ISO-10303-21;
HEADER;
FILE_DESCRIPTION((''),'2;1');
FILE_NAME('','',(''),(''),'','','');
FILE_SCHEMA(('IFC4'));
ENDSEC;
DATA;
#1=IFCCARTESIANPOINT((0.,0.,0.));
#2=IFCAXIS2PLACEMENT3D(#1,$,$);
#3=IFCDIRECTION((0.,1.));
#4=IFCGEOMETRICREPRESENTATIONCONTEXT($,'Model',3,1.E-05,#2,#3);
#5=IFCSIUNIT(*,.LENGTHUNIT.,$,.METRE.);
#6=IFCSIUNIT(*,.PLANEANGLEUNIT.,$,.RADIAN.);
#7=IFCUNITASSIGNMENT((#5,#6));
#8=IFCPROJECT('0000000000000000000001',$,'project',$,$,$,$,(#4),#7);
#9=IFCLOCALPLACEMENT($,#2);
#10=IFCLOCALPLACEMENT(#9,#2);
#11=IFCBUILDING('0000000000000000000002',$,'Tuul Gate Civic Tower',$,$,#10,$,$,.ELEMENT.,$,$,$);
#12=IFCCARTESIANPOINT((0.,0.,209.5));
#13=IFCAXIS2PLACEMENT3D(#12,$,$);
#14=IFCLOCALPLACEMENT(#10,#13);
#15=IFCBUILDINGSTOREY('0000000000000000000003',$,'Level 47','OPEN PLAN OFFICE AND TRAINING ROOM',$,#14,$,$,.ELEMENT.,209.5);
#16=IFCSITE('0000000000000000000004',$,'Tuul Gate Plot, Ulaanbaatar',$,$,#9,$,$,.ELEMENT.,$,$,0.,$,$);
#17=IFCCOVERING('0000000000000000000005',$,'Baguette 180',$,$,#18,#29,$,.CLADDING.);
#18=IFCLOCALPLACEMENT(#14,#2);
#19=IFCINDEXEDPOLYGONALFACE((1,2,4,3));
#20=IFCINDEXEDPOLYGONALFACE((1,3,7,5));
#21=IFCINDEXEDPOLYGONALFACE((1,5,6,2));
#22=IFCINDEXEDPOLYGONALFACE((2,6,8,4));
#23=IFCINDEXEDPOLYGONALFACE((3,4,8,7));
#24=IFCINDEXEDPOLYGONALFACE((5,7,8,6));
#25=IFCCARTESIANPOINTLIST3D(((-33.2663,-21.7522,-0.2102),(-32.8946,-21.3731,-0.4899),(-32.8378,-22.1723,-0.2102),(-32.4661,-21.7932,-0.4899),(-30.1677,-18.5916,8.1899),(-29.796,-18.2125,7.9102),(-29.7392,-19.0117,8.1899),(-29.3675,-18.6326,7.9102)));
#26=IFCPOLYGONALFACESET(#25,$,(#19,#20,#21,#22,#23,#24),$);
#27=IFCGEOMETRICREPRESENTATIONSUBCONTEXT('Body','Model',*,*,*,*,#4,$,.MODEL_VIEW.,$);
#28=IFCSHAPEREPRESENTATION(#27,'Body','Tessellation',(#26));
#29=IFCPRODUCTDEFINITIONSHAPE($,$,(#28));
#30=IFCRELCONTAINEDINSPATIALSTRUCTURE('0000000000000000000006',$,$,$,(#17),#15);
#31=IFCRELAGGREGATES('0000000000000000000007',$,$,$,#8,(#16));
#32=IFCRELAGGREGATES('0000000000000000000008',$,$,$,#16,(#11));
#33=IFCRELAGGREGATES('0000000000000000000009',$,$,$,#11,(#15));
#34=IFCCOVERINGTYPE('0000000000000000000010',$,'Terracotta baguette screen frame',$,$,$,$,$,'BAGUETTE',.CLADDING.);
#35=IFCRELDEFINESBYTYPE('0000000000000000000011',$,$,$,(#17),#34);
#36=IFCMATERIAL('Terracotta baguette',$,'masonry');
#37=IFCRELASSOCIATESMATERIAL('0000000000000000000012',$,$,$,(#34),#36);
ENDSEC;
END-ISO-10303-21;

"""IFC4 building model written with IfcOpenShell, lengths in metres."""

from ifc_helpers import new_model, si_unit, direction, frame, origin, origin_2d, place, context, subcontext, project, spatial, rectangle, extrude, material, material_profile, profile_set, type_object, element, save


model = new_model("IFC4")

# Units and contexts
model_context = context("Model", 3, precision=1e-05, world=origin(), true_north=direction((0.0, 1.0)))
body_context = subcontext(model_context, "Body", "Model", "MODEL_VIEW")
ifc_project = project(units=[si_unit("LENGTHUNIT", "METRE"), si_unit("PLANEANGLEUNIT", "RADIAN")], contexts=[model_context])

# Site, building, storey
site_placement = place(None, origin())
site = spatial("IfcSite", under=ifc_project, at=site_placement, Name="Tuul Gate Plot, Ulaanbaatar", CompositionType="ELEMENT", RefElevation=0.0)
building_placement = place(site_placement, origin())
building = spatial("IfcBuilding", under=site, at=building_placement, Name="Tuul Gate Civic Tower", CompositionType="ELEMENT")
storey_placement = place(building_placement, frame((0.0, 0.0, 209.5)))
storey = spatial("IfcBuildingStorey", under=building, at=storey_placement, Name="Level 47", Description="OPEN PLAN OFFICE AND TRAINING ROOM", CompositionType="ELEMENT", Elevation=209.5)

# Covering
ifc_material_1 = material(Name="Terracotta baguette", Category="masonry")
ifc_material_profile_1 = material_profile(ifc_material_1, rectangle(XDim=0.6001, YDim=0.6001, at=origin_2d()), Name="Terracotta baguette screen frame")
ifc_profile_set_1 = profile_set([ifc_material_profile_1], Name="Terracotta baguette")
covering_type = type_object("IfcCoveringType", Name="Terracotta baguette screen frame", ElementType="BAGUETTE", PredefinedType="CLADDING", material=ifc_profile_set_1)
covering_placement = place(storey_placement, frame((-29.7676, -18.6121, 8.05), z_axis=(-0.326346, -0.332877, -0.884698), x_axis=(0.714077, -0.700067, 0.0)))
element("IfcCovering", 1, at=covering_placement, inside=storey, type_object=covering_type, Name="Baguette 180", PredefinedType="CLADDING", context=body_context, shape_type="SweptSolid", body=[
    extrude(rectangle(XDim=0.6001, YDim=0.6001, at=origin_2d()), origin(), (0.0, 0.0, 1.0), 9.4949),
])

save(model, "model.ifc")
